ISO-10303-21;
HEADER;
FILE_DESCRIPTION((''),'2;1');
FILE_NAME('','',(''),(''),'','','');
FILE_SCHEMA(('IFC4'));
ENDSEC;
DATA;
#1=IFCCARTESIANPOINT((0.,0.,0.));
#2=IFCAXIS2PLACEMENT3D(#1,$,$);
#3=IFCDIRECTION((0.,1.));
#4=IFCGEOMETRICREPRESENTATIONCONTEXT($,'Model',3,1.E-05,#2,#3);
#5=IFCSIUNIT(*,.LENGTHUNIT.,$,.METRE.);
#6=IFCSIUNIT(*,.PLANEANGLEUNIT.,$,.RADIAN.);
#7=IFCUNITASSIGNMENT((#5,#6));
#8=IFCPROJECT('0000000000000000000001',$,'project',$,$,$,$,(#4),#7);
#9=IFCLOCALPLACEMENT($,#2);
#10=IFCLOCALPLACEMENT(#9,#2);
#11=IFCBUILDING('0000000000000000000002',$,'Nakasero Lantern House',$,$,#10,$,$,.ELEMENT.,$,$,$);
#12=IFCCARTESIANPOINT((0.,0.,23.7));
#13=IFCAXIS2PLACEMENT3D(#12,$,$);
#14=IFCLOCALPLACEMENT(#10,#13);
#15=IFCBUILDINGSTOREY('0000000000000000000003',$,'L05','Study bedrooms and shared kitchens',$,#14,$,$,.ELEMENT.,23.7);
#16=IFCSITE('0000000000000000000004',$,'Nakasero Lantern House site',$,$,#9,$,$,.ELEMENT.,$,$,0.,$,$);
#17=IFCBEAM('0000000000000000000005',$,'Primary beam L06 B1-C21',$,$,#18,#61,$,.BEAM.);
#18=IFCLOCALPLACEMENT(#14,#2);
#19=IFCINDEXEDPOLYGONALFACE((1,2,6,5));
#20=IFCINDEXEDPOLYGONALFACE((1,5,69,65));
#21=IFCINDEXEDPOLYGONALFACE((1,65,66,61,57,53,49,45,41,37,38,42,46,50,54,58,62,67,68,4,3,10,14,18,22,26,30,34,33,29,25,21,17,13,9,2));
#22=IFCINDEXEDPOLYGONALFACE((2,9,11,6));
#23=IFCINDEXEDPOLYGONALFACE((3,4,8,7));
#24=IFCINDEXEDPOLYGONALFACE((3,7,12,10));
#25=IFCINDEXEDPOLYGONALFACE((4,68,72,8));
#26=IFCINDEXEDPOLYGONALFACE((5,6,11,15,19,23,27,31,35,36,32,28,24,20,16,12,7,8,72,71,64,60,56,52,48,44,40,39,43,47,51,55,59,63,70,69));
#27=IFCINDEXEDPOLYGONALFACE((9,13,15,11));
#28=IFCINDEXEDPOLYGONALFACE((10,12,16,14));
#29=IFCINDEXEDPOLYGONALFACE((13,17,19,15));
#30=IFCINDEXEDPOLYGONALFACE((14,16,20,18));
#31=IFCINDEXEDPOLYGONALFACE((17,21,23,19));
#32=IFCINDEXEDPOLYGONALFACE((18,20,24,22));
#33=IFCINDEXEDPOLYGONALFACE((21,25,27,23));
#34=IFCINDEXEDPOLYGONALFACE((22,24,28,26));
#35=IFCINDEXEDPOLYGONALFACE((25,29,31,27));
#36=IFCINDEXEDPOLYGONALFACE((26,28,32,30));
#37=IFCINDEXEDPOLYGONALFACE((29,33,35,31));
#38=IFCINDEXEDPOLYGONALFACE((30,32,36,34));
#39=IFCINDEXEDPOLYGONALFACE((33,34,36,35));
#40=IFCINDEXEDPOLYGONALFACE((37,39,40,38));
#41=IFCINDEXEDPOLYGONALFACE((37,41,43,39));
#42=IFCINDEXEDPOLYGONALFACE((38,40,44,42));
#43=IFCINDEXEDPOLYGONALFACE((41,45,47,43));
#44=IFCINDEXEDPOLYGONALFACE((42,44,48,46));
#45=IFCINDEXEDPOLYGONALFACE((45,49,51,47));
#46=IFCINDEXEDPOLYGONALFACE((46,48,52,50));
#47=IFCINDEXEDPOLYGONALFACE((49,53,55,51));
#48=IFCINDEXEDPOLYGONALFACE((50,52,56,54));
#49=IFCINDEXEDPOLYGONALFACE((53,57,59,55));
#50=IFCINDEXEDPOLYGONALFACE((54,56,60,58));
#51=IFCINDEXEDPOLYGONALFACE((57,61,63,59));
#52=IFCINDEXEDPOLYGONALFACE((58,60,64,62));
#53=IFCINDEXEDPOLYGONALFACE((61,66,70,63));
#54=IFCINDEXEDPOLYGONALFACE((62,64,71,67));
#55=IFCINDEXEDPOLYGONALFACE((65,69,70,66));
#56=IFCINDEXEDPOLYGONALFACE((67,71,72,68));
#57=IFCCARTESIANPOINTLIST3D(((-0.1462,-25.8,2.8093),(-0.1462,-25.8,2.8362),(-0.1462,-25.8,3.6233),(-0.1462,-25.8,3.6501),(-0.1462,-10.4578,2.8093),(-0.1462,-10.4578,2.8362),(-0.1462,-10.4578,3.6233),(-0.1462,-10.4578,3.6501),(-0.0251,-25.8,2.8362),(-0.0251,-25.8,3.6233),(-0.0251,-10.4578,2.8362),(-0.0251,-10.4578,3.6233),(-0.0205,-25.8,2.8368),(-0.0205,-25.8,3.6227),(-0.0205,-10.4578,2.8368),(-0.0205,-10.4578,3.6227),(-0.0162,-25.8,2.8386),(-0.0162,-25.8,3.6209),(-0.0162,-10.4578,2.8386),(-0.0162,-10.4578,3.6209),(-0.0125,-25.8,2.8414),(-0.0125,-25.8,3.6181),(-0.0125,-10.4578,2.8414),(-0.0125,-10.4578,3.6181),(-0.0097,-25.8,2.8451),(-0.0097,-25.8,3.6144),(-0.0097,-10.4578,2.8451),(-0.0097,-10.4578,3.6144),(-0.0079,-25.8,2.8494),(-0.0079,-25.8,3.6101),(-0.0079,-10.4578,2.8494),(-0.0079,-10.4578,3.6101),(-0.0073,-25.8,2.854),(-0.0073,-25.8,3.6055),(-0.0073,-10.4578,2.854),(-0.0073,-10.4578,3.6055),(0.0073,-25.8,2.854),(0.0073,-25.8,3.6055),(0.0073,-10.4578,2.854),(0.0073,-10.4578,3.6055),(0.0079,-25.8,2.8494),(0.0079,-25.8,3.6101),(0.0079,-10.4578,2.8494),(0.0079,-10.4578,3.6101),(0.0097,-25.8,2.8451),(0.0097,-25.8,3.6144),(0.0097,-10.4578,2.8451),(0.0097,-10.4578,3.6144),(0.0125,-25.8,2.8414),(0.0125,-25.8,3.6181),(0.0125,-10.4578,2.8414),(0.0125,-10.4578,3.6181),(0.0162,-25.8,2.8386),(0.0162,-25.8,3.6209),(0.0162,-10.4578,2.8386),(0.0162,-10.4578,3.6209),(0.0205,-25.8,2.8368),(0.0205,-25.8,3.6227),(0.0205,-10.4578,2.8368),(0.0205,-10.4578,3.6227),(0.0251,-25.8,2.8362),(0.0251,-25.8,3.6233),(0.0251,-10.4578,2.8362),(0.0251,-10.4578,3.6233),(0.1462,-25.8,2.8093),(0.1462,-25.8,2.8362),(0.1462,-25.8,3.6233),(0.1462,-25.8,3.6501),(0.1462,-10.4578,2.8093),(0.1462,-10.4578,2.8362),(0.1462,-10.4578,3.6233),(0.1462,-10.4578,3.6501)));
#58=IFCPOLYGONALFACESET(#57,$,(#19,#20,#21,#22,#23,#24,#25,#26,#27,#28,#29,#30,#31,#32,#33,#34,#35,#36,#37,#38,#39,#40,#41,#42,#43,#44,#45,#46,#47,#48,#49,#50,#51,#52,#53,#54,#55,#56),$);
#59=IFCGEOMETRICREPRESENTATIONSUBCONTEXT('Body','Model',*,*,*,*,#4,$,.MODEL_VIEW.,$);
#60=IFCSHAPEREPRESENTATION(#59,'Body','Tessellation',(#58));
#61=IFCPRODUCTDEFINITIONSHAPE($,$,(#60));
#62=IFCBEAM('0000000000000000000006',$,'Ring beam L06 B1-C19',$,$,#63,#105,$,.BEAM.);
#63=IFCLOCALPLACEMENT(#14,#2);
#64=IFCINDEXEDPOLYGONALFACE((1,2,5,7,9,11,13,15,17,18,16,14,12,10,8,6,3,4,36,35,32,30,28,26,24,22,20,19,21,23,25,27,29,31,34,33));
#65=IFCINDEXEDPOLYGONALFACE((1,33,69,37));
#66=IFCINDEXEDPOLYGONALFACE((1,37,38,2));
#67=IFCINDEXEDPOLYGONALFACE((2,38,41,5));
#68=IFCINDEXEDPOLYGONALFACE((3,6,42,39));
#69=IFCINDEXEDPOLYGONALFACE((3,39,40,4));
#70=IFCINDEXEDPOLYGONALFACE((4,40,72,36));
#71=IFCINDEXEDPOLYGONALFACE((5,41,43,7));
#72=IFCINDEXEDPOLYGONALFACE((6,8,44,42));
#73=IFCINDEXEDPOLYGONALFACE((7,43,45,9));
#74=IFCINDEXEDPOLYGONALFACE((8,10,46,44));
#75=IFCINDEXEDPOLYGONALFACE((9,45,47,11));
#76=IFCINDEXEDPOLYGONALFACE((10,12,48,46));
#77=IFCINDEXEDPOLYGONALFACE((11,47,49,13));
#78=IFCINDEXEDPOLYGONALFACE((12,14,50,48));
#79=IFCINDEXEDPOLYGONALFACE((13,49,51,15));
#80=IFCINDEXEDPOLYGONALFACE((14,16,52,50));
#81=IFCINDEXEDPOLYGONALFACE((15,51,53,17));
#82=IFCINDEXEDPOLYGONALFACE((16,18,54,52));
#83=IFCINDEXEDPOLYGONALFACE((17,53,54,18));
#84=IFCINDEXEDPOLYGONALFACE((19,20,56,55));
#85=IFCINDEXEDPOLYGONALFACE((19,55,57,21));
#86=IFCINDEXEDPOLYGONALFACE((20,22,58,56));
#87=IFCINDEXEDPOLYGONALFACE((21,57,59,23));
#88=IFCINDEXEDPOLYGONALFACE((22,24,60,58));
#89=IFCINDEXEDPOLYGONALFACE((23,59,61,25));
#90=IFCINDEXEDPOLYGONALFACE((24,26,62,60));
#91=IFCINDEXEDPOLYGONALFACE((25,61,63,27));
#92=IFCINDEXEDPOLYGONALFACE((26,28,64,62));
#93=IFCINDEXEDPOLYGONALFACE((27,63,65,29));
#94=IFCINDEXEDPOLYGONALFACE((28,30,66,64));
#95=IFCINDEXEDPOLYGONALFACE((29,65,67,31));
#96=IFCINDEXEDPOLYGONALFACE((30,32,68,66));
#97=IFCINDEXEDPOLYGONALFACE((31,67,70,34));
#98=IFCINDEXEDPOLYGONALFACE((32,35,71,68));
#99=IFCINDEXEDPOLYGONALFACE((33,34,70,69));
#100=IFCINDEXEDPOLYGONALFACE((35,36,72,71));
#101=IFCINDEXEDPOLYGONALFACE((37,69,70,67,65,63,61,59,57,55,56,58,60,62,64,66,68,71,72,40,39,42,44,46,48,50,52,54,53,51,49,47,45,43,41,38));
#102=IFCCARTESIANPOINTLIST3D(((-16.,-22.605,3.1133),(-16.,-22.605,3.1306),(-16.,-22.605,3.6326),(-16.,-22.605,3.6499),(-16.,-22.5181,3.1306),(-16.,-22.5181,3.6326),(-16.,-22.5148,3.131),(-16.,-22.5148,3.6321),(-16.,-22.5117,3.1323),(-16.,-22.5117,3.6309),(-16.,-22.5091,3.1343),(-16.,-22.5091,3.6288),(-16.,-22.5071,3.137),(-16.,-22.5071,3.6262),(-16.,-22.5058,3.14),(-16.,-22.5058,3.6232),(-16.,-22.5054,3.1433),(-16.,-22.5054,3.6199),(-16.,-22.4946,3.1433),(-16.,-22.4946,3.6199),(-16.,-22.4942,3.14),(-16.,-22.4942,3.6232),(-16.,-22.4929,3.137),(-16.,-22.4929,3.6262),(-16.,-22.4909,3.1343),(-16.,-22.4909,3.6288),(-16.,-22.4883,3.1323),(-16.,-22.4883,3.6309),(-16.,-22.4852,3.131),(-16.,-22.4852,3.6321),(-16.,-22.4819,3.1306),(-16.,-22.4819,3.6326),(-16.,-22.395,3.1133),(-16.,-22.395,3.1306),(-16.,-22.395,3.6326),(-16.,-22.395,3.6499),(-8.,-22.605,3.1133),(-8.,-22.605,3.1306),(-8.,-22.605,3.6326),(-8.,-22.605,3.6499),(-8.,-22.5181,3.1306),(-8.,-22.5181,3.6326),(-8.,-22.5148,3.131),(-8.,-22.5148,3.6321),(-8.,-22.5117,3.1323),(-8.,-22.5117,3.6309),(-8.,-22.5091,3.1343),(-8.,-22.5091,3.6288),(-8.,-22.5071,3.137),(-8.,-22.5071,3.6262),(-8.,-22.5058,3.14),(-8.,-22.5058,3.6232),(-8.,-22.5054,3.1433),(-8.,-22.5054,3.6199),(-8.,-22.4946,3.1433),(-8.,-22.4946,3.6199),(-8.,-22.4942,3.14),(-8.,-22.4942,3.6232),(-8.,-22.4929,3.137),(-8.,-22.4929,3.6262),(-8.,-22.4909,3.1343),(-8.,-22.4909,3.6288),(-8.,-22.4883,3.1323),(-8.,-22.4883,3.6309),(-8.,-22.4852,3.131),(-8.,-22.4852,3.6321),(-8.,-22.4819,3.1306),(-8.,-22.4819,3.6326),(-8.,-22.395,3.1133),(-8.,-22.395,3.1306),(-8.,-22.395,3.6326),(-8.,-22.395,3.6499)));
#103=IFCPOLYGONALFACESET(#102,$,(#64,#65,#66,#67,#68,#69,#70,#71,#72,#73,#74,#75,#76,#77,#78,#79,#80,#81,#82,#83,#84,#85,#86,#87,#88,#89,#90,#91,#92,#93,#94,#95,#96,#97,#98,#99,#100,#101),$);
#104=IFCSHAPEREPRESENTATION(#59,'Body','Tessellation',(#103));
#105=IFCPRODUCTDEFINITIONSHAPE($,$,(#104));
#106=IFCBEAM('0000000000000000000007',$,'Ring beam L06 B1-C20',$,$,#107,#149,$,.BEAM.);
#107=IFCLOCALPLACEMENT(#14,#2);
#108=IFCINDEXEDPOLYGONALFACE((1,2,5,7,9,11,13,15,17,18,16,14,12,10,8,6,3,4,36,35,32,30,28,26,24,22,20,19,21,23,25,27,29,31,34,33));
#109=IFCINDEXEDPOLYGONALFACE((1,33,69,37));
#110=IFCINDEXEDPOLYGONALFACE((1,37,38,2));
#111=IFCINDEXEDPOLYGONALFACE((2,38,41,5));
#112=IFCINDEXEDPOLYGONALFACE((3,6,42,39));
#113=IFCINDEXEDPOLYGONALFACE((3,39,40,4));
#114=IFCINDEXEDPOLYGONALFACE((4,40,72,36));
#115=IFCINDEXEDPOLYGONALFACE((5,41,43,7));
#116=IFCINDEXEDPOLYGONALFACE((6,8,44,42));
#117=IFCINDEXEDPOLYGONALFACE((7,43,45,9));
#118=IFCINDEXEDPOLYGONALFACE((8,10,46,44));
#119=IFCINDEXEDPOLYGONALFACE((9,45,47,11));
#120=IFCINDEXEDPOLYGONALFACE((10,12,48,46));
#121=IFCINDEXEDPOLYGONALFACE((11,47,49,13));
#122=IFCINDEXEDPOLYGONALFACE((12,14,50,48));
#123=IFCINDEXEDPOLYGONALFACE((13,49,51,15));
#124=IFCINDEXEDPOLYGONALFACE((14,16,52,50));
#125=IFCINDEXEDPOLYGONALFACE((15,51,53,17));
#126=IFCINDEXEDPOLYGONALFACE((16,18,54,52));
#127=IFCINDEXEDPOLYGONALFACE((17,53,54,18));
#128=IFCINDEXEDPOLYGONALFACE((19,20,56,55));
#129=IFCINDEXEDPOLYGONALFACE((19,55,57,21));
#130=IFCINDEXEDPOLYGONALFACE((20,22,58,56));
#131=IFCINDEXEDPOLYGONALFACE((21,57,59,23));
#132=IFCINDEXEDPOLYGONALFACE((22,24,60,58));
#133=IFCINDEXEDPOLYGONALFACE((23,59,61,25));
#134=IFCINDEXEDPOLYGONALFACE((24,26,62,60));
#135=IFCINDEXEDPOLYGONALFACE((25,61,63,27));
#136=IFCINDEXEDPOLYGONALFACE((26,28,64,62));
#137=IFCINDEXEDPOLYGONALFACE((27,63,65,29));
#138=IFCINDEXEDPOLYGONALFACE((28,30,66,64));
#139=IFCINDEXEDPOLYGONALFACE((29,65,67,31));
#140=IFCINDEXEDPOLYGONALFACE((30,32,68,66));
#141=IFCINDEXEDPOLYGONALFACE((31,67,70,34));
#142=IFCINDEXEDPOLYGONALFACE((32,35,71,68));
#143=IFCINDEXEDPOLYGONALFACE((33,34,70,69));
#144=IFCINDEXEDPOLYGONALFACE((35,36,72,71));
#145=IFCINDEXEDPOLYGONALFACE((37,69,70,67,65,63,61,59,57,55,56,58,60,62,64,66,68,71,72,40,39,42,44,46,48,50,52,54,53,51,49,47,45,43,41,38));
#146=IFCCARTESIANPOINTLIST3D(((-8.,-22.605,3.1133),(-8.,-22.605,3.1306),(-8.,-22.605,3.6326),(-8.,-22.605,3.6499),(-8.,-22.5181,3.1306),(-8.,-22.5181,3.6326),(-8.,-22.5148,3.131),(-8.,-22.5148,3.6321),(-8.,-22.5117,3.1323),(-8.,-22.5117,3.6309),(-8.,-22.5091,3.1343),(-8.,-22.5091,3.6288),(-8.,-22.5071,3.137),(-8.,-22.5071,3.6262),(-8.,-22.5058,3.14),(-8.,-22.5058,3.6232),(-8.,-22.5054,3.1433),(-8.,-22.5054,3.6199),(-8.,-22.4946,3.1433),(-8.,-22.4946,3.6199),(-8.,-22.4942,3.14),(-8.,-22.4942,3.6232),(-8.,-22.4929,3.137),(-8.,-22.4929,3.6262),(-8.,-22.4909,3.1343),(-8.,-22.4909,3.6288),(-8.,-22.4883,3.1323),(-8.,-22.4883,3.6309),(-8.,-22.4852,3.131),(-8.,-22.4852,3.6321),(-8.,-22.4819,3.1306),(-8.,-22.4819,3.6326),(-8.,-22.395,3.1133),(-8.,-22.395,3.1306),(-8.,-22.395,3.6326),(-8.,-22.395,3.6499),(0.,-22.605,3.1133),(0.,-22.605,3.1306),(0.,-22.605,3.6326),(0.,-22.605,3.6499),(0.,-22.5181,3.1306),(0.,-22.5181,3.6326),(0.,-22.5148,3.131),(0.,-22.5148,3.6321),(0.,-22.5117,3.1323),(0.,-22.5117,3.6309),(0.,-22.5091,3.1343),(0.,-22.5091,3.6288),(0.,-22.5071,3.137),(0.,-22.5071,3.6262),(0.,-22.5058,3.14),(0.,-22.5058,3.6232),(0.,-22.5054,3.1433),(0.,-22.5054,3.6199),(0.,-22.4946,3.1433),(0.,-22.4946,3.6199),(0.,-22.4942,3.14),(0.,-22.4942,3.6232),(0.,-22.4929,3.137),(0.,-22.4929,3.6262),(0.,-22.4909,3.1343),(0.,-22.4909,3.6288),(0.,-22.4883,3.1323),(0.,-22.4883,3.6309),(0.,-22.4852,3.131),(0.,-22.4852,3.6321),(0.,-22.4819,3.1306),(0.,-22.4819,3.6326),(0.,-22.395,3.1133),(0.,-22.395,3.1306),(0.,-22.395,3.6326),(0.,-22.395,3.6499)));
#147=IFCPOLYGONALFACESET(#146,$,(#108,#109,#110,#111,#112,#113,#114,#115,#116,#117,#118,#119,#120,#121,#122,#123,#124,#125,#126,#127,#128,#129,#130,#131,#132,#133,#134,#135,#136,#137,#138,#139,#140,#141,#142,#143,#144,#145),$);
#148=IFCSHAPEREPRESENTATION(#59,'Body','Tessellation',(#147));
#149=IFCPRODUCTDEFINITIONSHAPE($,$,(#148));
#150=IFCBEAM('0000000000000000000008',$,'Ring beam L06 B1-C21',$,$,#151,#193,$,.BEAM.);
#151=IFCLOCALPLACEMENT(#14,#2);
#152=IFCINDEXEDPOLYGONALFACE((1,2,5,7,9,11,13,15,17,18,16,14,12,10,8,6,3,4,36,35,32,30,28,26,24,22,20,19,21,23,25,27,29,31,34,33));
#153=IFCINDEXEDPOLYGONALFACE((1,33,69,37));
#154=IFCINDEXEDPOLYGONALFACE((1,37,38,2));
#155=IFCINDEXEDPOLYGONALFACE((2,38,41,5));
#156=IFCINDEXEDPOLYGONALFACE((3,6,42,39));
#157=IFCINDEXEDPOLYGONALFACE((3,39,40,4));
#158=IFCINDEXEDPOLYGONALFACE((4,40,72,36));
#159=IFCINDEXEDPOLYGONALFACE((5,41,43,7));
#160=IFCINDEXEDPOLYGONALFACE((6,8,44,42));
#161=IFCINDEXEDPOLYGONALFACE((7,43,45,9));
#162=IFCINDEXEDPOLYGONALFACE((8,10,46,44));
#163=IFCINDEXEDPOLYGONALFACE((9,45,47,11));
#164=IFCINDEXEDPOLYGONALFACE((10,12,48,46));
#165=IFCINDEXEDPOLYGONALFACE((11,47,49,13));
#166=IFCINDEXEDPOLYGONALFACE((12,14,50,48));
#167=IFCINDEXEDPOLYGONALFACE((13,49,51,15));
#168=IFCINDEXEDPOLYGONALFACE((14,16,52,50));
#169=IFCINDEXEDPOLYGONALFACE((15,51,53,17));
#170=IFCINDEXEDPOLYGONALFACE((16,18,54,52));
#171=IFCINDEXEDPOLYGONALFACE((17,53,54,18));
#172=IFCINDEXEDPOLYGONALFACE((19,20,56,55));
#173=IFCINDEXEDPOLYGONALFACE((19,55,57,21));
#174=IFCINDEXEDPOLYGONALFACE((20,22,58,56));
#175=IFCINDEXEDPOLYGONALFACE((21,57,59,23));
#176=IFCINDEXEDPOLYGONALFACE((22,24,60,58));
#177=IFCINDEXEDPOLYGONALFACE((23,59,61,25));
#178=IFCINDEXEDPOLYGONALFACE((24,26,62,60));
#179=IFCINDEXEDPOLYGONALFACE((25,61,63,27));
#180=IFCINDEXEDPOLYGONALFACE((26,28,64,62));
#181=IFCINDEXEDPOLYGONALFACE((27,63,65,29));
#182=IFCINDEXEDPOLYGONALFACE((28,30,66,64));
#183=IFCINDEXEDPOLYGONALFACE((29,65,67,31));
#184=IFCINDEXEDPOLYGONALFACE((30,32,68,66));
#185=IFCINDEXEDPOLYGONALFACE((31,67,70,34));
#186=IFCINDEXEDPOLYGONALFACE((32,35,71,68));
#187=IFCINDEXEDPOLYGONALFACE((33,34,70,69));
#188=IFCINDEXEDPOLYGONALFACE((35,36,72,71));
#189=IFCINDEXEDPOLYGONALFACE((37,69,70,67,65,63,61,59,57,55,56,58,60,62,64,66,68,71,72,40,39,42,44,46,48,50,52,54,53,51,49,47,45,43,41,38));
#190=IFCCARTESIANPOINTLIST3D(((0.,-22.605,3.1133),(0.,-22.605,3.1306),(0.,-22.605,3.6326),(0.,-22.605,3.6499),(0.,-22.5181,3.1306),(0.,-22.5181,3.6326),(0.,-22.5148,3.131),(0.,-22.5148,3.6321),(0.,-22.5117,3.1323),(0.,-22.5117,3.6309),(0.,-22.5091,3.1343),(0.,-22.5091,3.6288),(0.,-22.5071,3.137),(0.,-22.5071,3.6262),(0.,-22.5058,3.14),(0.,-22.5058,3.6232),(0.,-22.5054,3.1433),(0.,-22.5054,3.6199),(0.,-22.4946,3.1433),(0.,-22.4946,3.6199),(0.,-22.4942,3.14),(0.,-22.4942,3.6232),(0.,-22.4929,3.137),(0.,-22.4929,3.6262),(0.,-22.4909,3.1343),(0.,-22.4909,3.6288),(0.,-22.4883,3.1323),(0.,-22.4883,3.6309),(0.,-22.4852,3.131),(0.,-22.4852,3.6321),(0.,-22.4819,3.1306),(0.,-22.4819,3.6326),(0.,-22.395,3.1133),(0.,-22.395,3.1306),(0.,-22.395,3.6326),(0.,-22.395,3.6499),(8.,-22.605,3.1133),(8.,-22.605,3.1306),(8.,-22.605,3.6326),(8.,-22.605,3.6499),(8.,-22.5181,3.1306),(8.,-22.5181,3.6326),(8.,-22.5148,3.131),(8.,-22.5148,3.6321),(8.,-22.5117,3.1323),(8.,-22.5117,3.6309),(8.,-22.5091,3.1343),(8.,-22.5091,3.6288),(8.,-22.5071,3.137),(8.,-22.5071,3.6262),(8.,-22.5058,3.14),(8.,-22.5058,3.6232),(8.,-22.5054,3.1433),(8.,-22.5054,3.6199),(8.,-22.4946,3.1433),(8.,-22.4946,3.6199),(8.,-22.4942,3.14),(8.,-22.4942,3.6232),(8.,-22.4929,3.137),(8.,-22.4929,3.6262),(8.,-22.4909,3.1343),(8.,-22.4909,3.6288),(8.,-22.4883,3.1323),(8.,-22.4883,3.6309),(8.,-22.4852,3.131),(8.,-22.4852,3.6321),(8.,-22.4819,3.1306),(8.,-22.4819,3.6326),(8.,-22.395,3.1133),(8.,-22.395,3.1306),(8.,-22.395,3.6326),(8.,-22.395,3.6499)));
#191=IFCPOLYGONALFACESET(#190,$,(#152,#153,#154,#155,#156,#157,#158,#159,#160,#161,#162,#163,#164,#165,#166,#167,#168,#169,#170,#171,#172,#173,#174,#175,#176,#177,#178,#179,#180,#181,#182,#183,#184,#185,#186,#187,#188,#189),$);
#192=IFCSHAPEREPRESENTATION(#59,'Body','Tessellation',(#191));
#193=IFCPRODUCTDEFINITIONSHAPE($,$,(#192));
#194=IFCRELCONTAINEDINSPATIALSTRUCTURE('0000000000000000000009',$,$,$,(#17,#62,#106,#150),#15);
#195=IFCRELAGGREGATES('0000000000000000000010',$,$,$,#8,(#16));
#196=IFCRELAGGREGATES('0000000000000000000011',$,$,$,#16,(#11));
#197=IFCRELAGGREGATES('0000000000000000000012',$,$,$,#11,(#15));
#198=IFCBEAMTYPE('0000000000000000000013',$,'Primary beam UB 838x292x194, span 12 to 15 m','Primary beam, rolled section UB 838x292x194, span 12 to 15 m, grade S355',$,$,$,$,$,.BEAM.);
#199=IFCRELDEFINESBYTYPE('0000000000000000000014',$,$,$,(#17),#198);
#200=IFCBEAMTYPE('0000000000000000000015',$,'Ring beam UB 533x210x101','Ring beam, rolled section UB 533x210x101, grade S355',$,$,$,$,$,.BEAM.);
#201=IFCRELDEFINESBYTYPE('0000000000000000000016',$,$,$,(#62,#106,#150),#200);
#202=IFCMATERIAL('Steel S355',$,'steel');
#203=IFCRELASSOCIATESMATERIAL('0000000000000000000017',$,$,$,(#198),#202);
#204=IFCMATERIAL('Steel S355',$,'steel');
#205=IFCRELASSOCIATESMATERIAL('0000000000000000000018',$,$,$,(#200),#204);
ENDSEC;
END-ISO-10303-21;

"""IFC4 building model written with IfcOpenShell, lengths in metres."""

from ifc_helpers import new_model, si_unit, direction, frame, origin, origin_2d, place, context, subcontext, project, spatial, i_section, extrude, material, material_profile, profile_set, type_object, element, save


model = new_model("IFC4")

# Units and contexts
model_context = context("Model", 3, precision=1e-05, world=origin(), true_north=direction((0.0, 1.0)))
body_context = subcontext(model_context, "Body", "Model", "MODEL_VIEW")
ifc_project = project(units=[si_unit("LENGTHUNIT", "METRE"), si_unit("PLANEANGLEUNIT", "RADIAN")], contexts=[model_context])

# Site, building, storey
site_placement = place(None, origin())
site = spatial("IfcSite", under=ifc_project, at=site_placement, Name="Nakasero Lantern House site", CompositionType="ELEMENT", RefElevation=0.0)
building_placement = place(site_placement, origin())
building = spatial("IfcBuilding", under=site, at=building_placement, Name="Nakasero Lantern House", CompositionType="ELEMENT")
storey_placement = place(building_placement, frame((0.0, 0.0, 23.7)))
storey = spatial("IfcBuildingStorey", under=building, at=storey_placement, Name="L05", Description="Study bedrooms and shared kitchens", CompositionType="ELEMENT", Elevation=23.7)

# Beams
ifc_material_1 = material(Name="Steel S355", Category="steel")
ifc_material_profile_1 = material_profile(ifc_material_1, i_section(OverallWidth=0.2925, OverallDepth=0.8408, WebThickness=0.0146, FlangeThickness=0.0269, FilletRadius=0.0178, at=origin_2d()), Name="UB 838x292x194")
ifc_profile_set_1 = profile_set([ifc_material_profile_1], Name="Steel S355")
beam_type_1 = type_object("IfcBeamType", Name="Primary beam UB 838x292x194, span 12 to 15 m", Description="Primary beam, rolled section UB 838x292x194, span 12 to 15 m, grade S355", PredefinedType="BEAM", material=ifc_profile_set_1)
beam_1_placement = place(storey_placement, frame((0.0, -25.8, 3.2297), z_axis=(0.0, 1.0, 0.0), x_axis=(-1.0, 0.0, 0.0)))
element("IfcBeam", 1, at=beam_1_placement, inside=storey, type_object=beam_type_1, Name="Primary beam L06 B1-C21", PredefinedType="BEAM", context=body_context, shape_type="SweptSolid", body=[
    extrude(i_section(OverallWidth=0.2925, OverallDepth=0.8408, WebThickness=0.0146, FlangeThickness=0.0269, FilletRadius=0.0178, at=origin_2d()), origin(), (0.0, 0.0, 1.0), 15.3423),
])
ifc_material_2 = material(Name="Steel S355", Category="steel")
ifc_material_profile_2 = material_profile(ifc_material_2, i_section(OverallWidth=0.21, OverallDepth=0.5366, WebThickness=0.0107, FlangeThickness=0.0173, FilletRadius=0.0127, at=origin_2d()), Name="UB 533x210x101")
ifc_profile_set_2 = profile_set([ifc_material_profile_2], Name="Steel S355")
beam_type_2 = type_object("IfcBeamType", Name="Ring beam UB 533x210x101", Description="Ring beam, rolled section UB 533x210x101, grade S355", PredefinedType="BEAM", material=ifc_profile_set_2)
for number, where, z_axis, x_axis, name in (
    (2, (-16.0, -22.5, 3.3816), (1.0, 0.0, 0.0), (0.0, 1.0, 0.0), "Ring beam L06 B1-C19"),
    (3, (-8.0, -22.5, 3.3816), (1.0, 0.0, 0.0), (0.0, 1.0, 0.0), "Ring beam L06 B1-C20"),
    (4, (0.0, -22.5, 3.3816), (1.0, 0.0, 0.0), (0.0, 1.0, 0.0), "Ring beam L06 B1-C21"),
):
    element("IfcBeam", number, at=place(storey_placement, frame(where, z_axis=z_axis, x_axis=x_axis)), inside=storey, type_object=beam_type_2, Name=name, PredefinedType="BEAM", context=body_context, shape_type="SweptSolid", body=[
        extrude(i_section(OverallWidth=0.21, OverallDepth=0.5366, WebThickness=0.0107, FlangeThickness=0.0173, FilletRadius=0.0127, at=origin_2d()), origin(), (0.0, 0.0, 1.0), 8.0),
    ])

save(model, "model.ifc")
